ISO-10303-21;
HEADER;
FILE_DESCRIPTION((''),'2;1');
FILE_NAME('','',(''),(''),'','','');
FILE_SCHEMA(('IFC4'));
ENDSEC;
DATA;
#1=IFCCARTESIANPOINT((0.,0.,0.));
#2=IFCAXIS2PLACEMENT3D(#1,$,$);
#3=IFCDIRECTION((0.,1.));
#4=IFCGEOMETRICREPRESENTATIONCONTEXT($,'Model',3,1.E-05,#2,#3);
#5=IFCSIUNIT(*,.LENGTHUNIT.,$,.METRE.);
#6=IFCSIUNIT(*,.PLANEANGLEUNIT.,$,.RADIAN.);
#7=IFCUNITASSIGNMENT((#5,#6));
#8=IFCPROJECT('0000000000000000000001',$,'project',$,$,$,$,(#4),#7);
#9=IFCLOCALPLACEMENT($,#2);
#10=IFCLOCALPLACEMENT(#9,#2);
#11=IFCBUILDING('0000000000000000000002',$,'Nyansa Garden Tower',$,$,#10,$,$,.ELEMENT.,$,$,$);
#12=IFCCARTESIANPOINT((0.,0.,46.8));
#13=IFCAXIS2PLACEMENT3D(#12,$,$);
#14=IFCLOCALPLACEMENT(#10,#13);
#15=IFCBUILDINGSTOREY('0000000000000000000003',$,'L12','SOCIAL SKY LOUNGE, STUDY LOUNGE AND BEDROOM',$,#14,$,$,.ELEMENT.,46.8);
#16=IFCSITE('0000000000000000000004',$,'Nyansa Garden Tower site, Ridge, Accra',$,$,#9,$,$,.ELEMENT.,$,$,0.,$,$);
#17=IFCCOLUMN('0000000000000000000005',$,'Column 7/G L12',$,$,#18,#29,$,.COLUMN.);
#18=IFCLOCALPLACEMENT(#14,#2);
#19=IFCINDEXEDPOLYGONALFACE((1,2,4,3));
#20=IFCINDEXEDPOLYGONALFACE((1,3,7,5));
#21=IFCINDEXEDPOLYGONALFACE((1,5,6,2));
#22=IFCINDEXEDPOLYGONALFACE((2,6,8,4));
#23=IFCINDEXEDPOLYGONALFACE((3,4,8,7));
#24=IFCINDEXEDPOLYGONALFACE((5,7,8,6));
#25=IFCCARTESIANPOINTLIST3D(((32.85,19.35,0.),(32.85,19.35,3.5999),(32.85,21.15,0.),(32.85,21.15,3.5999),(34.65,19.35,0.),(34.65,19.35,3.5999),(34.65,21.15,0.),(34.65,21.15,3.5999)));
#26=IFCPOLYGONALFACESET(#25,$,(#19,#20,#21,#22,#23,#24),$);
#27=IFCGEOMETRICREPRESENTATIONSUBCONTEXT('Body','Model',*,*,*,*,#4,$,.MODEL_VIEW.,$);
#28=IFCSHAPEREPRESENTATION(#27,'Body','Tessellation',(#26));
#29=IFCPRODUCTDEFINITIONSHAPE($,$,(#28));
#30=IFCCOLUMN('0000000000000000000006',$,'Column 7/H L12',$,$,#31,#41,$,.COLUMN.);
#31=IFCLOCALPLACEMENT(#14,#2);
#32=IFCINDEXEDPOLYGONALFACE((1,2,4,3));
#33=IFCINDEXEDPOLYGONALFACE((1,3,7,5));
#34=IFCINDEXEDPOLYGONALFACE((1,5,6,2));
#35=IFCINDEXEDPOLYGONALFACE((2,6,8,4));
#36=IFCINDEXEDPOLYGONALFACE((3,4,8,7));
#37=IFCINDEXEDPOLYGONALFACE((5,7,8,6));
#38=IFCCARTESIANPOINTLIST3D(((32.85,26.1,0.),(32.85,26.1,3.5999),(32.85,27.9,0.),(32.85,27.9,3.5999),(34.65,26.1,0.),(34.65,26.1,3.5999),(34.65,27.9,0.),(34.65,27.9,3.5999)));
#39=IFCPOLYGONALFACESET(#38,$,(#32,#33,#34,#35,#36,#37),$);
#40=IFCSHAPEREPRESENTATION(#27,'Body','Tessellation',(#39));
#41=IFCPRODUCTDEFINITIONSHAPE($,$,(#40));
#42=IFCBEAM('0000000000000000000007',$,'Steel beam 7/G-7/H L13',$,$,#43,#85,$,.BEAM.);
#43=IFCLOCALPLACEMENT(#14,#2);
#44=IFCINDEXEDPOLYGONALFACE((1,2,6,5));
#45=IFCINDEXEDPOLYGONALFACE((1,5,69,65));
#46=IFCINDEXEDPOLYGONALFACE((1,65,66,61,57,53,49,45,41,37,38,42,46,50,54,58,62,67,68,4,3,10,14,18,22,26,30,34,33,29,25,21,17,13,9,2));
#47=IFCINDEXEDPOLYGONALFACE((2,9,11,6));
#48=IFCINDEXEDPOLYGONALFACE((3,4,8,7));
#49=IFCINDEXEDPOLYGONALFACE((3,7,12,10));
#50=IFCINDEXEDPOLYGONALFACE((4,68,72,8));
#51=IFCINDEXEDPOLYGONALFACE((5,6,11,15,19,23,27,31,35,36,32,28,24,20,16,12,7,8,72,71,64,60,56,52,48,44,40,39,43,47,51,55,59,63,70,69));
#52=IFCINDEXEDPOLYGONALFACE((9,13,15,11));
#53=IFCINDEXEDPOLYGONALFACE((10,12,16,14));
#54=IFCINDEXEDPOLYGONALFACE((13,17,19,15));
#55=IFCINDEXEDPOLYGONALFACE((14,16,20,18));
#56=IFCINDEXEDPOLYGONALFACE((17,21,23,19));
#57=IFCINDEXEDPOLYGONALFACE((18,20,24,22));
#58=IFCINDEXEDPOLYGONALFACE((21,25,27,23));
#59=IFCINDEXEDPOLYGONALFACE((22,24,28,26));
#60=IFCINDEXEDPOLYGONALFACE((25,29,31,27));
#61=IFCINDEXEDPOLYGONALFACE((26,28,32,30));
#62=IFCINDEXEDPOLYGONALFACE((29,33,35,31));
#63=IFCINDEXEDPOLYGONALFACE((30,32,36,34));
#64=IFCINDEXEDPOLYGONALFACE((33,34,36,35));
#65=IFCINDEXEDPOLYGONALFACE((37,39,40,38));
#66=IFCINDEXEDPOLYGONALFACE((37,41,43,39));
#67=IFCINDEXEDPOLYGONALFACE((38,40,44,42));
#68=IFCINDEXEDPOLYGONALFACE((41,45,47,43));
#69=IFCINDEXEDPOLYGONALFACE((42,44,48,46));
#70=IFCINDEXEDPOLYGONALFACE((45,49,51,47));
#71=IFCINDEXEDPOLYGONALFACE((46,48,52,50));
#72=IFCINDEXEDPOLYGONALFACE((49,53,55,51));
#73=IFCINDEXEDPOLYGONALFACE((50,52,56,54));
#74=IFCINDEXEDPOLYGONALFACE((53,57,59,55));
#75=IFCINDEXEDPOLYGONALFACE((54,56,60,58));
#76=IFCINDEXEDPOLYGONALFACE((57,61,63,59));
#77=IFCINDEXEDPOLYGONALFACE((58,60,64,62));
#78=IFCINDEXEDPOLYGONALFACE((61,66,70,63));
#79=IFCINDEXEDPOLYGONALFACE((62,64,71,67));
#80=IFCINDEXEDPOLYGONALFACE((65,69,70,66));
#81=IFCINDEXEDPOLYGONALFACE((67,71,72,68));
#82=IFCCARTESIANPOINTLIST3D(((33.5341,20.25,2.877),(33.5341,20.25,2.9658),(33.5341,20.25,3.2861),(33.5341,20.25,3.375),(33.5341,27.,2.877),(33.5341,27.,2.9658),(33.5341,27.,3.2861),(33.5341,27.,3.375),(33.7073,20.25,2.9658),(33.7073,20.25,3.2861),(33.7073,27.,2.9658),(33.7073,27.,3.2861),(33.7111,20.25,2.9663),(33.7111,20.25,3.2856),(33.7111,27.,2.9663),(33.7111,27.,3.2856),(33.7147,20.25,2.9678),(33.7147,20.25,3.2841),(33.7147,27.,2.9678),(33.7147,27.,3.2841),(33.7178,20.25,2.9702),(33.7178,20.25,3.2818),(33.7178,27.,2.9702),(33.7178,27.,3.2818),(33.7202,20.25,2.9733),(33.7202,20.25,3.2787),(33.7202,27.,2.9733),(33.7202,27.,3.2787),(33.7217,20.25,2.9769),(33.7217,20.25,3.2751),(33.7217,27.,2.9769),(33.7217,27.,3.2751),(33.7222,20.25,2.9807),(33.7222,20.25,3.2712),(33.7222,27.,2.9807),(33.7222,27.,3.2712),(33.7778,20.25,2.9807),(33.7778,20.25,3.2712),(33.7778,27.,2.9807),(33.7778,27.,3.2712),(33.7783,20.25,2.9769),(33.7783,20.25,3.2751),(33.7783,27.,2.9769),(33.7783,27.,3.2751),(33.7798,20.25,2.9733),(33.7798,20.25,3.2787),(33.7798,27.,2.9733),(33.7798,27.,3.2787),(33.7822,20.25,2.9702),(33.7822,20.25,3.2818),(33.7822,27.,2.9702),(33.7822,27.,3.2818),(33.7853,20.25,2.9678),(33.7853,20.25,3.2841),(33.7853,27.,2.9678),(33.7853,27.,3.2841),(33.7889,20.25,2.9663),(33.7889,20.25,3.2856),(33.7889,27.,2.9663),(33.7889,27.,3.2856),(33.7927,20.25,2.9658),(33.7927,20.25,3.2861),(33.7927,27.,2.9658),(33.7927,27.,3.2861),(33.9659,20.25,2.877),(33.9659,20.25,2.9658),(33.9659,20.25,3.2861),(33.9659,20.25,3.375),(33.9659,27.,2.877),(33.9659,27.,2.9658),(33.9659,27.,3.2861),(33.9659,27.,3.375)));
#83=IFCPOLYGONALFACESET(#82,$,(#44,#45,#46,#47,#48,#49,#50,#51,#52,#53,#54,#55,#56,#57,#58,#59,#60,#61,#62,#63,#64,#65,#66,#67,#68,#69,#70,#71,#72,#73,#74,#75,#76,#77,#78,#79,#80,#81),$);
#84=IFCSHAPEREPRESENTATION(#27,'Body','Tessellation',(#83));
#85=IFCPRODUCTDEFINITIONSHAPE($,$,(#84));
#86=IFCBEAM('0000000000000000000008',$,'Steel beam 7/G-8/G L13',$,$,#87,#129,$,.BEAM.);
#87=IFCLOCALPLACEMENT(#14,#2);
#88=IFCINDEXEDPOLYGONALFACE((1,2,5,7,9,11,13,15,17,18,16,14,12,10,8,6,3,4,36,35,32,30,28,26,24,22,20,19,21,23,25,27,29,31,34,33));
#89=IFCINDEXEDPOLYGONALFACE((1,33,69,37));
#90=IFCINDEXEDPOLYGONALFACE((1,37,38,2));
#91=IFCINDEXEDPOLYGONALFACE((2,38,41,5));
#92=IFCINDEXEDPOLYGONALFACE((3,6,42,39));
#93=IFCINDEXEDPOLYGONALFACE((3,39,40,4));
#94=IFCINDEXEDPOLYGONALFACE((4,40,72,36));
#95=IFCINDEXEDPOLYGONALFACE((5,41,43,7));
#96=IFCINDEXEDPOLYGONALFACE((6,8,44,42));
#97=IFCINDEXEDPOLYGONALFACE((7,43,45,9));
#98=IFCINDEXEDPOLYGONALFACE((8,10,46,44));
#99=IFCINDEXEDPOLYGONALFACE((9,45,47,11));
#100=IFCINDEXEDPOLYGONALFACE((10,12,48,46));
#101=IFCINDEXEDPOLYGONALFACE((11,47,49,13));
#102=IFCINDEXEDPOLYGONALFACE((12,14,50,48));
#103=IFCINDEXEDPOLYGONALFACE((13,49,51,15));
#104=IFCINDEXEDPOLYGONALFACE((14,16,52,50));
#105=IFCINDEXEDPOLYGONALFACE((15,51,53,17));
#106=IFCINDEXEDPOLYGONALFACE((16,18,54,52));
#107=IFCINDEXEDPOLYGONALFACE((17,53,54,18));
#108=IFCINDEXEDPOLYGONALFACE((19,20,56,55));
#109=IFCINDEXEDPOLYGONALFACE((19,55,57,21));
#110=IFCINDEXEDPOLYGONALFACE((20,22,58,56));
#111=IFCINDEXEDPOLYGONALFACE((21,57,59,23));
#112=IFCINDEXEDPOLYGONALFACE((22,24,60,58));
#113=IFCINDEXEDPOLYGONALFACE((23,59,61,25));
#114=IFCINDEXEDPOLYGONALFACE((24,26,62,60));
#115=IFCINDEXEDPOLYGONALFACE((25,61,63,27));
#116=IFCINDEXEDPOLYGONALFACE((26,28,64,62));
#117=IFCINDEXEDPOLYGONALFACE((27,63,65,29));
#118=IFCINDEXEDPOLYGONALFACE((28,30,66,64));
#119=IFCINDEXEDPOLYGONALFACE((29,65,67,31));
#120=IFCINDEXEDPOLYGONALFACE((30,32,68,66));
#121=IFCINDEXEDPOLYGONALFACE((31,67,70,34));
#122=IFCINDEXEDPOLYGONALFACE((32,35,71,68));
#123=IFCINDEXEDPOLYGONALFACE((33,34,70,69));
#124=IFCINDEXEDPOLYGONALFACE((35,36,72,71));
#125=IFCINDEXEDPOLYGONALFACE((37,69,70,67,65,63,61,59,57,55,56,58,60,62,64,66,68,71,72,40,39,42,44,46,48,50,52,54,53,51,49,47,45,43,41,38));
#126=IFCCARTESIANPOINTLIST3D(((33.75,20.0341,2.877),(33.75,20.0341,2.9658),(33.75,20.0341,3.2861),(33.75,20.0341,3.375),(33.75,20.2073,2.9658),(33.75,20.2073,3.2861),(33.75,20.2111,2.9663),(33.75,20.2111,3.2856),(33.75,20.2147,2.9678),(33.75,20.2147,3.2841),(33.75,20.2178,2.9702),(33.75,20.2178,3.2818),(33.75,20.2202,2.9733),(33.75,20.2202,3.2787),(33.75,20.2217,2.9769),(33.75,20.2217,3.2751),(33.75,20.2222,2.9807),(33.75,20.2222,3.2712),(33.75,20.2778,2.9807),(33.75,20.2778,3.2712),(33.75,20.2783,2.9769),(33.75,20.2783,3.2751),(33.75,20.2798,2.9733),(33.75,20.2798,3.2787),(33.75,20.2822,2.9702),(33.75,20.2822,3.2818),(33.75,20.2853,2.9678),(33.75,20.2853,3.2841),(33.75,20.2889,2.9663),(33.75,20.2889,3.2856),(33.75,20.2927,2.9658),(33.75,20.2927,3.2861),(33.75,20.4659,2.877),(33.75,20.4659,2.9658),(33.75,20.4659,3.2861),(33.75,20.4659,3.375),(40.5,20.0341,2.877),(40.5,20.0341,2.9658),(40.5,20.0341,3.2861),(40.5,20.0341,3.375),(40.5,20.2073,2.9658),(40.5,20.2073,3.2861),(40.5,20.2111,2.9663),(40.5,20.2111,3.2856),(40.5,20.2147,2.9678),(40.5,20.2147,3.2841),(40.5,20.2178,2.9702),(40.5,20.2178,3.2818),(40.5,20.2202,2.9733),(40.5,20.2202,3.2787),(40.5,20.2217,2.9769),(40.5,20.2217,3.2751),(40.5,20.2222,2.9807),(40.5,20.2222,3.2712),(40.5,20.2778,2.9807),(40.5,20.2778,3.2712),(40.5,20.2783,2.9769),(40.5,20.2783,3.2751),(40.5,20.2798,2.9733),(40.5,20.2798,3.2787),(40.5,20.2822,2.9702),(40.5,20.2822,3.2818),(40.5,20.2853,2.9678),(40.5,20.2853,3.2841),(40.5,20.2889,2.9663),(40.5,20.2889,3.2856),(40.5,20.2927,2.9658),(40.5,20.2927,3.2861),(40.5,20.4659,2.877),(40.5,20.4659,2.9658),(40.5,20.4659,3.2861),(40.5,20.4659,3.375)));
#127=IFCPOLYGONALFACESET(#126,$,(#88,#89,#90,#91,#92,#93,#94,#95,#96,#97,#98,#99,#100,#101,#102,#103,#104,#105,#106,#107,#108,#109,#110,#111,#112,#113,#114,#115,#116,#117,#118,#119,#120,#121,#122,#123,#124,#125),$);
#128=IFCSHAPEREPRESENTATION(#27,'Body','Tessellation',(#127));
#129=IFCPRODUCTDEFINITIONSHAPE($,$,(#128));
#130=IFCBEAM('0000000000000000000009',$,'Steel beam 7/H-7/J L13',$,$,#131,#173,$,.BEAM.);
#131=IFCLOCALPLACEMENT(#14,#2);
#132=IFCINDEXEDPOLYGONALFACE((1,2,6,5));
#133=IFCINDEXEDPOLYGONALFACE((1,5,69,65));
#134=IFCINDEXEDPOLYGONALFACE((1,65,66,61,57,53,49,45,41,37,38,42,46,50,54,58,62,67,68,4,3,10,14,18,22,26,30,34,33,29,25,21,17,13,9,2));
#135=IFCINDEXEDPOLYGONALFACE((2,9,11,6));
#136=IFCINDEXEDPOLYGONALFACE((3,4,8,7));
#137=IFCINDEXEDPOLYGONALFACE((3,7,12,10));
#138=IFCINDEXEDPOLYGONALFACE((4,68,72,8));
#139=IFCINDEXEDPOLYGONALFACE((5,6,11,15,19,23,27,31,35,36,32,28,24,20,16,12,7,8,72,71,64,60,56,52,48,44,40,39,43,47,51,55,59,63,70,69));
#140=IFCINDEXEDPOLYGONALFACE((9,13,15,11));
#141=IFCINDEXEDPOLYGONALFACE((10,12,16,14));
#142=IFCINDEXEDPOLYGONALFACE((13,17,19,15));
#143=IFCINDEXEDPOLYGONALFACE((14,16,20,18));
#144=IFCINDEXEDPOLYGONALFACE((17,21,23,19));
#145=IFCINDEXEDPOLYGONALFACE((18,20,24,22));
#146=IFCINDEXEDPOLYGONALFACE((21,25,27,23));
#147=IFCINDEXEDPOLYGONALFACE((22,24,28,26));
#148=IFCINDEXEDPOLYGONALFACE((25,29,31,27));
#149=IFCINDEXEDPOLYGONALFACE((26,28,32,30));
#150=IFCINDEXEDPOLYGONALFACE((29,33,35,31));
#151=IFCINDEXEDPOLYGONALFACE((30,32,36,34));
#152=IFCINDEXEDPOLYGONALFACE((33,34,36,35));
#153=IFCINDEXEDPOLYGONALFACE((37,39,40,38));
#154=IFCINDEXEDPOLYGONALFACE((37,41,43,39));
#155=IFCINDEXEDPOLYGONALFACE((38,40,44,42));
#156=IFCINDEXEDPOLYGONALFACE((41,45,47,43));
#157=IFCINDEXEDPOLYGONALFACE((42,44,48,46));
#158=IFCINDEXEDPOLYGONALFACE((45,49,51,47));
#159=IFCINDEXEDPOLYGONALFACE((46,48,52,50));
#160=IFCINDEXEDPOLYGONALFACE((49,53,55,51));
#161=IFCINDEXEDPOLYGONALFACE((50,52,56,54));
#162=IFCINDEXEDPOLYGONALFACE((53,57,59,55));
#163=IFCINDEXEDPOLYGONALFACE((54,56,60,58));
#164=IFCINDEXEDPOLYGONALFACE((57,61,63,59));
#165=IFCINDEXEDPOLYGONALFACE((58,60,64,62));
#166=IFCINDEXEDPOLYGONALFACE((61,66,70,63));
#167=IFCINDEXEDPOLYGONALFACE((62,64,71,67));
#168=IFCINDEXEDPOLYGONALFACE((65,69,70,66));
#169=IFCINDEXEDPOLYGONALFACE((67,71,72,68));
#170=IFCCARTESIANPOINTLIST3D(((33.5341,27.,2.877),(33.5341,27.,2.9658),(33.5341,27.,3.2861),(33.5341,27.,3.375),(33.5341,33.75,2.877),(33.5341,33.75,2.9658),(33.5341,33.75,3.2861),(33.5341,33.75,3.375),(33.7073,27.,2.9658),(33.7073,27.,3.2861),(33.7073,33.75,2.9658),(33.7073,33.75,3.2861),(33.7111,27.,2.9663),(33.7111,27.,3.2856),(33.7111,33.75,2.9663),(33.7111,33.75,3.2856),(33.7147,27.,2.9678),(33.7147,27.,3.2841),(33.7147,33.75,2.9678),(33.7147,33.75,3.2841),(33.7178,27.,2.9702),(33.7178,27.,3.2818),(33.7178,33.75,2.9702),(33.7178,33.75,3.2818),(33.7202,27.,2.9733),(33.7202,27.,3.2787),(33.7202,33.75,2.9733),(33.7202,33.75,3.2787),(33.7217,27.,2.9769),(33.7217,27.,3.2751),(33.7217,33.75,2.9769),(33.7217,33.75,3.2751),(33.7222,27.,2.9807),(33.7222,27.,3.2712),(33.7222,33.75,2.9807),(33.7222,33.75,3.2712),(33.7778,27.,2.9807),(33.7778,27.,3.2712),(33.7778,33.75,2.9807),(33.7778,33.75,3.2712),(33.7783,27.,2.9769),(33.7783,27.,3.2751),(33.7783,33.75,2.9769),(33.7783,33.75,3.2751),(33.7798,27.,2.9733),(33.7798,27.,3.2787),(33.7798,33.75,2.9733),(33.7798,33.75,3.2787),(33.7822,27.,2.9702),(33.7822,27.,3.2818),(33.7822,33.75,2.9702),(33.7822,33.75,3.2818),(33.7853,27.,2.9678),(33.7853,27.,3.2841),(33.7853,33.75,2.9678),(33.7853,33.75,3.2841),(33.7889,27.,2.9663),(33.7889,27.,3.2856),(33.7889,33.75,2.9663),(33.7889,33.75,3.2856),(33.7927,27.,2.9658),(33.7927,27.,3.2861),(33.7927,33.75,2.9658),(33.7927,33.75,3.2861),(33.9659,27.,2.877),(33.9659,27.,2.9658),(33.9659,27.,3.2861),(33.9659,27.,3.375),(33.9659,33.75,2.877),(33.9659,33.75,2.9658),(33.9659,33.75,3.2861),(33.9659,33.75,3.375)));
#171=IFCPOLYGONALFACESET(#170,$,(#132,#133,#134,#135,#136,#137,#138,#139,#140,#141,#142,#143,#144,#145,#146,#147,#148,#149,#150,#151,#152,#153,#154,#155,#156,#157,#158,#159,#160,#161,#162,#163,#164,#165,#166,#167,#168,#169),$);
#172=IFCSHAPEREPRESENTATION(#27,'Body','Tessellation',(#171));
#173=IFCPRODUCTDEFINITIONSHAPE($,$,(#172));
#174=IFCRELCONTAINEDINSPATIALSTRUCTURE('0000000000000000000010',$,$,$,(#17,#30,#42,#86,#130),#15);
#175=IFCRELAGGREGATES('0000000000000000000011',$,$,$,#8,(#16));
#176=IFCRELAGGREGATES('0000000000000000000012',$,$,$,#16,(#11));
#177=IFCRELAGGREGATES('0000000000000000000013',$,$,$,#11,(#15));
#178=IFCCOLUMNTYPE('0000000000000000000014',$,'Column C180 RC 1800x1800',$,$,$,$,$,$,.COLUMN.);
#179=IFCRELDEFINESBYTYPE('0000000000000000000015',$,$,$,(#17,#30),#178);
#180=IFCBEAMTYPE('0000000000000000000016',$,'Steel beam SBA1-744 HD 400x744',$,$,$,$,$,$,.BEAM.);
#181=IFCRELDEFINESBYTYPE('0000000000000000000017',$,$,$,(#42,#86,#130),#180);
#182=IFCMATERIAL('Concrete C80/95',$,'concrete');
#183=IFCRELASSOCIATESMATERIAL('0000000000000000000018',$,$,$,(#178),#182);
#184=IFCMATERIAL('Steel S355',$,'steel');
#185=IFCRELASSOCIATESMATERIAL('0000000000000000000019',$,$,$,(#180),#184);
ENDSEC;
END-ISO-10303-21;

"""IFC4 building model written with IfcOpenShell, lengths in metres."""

from ifc_helpers import new_model, si_unit, direction, frame, origin, origin_2d, place, context, subcontext, project, spatial, rectangle, i_section, extrude, material, material_profile, profile_set, type_object, element, save


model = new_model("IFC4")

# Units and contexts
model_context = context("Model", 3, precision=1e-05, world=origin(), true_north=direction((0.0, 1.0)))
body_context = subcontext(model_context, "Body", "Model", "MODEL_VIEW")
ifc_project = project(units=[si_unit("LENGTHUNIT", "METRE"), si_unit("PLANEANGLEUNIT", "RADIAN")], contexts=[model_context])

# Site, building, storey
site_placement = place(None, origin())
site = spatial("IfcSite", under=ifc_project, at=site_placement, Name="Nyansa Garden Tower site, Ridge, Accra", CompositionType="ELEMENT", RefElevation=0.0)
building_placement = place(site_placement, origin())
building = spatial("IfcBuilding", under=site, at=building_placement, Name="Nyansa Garden Tower", CompositionType="ELEMENT")
storey_placement = place(building_placement, frame((0.0, 0.0, 46.8)))
storey = spatial("IfcBuildingStorey", under=building, at=storey_placement, Name="L12", Description="SOCIAL SKY LOUNGE, STUDY LOUNGE AND BEDROOM", CompositionType="ELEMENT", Elevation=46.8)

# Columns
ifc_material_1 = material(Name="Concrete C80/95", Category="concrete")
ifc_material_profile_1 = material_profile(ifc_material_1, rectangle(XDim=1.8, YDim=1.8, at=origin_2d()), Name="RC 1800x1800")
ifc_profile_set_1 = profile_set([ifc_material_profile_1], Name="Concrete C80/95")
column_type = type_object("IfcColumnType", Name="Column C180 RC 1800x1800", PredefinedType="COLUMN", material=ifc_profile_set_1)
for number, where, z_axis, x_axis, name in (
    (1, (33.75, 20.25, 0.0), (0.0, 0.0, 1.0), (1.0, 0.0, 0.0), "Column 7/G L12"),
    (2, (33.75, 27.0, 0.0), (0.0, 0.0, 1.0), (1.0, 0.0, 0.0), "Column 7/H L12"),
):
    element("IfcColumn", number, at=place(storey_placement, frame(where, z_axis=z_axis, x_axis=x_axis)), inside=storey, type_object=column_type, Name=name, PredefinedType="COLUMN", context=body_context, shape_type="SweptSolid", body=[
        extrude(rectangle(XDim=1.8, YDim=1.8, at=origin_2d()), origin(), (0.0, 0.0, 1.0), 3.5999),
    ])

# Beams
ifc_material_2 = material(Name="Steel S355", Category="steel")
ifc_material_profile_2 = material_profile(ifc_material_2, i_section(OverallWidth=0.4319, OverallDepth=0.498, WebThickness=0.0557, FlangeThickness=0.0889, FilletRadius=0.0149, at=origin_2d()), Name="HD 400x744")
ifc_profile_set_2 = profile_set([ifc_material_profile_2], Name="Steel S355")
beam_type_1 = type_object("IfcBeamType", Name="Steel beam SBA1-744 HD 400x744", PredefinedType="BEAM", material=ifc_profile_set_2)
for number, where, z_axis, x_axis, name in (
    (3, (33.75, 20.25, 3.126), (0.0, 1.0, 0.0), (-1.0, 0.0, 0.0), "Steel beam 7/G-7/H L13"),
    (4, (33.75, 20.25, 3.126), (1.0, 0.0, 0.0), (0.0, 1.0, 0.0), "Steel beam 7/G-8/G L13"),
    (5, (33.75, 27.0, 3.126), (0.0, 1.0, 0.0), (-1.0, 0.0, 0.0), "Steel beam 7/H-7/J L13"),
):
    element("IfcBeam", number, at=place(storey_placement, frame(where, z_axis=z_axis, x_axis=x_axis)), inside=storey, type_object=beam_type_1, Name=name, PredefinedType="BEAM", context=body_context, shape_type="SweptSolid", body=[
        extrude(i_section(OverallWidth=0.4319, OverallDepth=0.498, WebThickness=0.0557, FlangeThickness=0.0889, FilletRadius=0.0149, at=origin_2d()), origin(), (0.0, 0.0, 1.0), 6.75),
    ])

save(model, "model.ifc")
